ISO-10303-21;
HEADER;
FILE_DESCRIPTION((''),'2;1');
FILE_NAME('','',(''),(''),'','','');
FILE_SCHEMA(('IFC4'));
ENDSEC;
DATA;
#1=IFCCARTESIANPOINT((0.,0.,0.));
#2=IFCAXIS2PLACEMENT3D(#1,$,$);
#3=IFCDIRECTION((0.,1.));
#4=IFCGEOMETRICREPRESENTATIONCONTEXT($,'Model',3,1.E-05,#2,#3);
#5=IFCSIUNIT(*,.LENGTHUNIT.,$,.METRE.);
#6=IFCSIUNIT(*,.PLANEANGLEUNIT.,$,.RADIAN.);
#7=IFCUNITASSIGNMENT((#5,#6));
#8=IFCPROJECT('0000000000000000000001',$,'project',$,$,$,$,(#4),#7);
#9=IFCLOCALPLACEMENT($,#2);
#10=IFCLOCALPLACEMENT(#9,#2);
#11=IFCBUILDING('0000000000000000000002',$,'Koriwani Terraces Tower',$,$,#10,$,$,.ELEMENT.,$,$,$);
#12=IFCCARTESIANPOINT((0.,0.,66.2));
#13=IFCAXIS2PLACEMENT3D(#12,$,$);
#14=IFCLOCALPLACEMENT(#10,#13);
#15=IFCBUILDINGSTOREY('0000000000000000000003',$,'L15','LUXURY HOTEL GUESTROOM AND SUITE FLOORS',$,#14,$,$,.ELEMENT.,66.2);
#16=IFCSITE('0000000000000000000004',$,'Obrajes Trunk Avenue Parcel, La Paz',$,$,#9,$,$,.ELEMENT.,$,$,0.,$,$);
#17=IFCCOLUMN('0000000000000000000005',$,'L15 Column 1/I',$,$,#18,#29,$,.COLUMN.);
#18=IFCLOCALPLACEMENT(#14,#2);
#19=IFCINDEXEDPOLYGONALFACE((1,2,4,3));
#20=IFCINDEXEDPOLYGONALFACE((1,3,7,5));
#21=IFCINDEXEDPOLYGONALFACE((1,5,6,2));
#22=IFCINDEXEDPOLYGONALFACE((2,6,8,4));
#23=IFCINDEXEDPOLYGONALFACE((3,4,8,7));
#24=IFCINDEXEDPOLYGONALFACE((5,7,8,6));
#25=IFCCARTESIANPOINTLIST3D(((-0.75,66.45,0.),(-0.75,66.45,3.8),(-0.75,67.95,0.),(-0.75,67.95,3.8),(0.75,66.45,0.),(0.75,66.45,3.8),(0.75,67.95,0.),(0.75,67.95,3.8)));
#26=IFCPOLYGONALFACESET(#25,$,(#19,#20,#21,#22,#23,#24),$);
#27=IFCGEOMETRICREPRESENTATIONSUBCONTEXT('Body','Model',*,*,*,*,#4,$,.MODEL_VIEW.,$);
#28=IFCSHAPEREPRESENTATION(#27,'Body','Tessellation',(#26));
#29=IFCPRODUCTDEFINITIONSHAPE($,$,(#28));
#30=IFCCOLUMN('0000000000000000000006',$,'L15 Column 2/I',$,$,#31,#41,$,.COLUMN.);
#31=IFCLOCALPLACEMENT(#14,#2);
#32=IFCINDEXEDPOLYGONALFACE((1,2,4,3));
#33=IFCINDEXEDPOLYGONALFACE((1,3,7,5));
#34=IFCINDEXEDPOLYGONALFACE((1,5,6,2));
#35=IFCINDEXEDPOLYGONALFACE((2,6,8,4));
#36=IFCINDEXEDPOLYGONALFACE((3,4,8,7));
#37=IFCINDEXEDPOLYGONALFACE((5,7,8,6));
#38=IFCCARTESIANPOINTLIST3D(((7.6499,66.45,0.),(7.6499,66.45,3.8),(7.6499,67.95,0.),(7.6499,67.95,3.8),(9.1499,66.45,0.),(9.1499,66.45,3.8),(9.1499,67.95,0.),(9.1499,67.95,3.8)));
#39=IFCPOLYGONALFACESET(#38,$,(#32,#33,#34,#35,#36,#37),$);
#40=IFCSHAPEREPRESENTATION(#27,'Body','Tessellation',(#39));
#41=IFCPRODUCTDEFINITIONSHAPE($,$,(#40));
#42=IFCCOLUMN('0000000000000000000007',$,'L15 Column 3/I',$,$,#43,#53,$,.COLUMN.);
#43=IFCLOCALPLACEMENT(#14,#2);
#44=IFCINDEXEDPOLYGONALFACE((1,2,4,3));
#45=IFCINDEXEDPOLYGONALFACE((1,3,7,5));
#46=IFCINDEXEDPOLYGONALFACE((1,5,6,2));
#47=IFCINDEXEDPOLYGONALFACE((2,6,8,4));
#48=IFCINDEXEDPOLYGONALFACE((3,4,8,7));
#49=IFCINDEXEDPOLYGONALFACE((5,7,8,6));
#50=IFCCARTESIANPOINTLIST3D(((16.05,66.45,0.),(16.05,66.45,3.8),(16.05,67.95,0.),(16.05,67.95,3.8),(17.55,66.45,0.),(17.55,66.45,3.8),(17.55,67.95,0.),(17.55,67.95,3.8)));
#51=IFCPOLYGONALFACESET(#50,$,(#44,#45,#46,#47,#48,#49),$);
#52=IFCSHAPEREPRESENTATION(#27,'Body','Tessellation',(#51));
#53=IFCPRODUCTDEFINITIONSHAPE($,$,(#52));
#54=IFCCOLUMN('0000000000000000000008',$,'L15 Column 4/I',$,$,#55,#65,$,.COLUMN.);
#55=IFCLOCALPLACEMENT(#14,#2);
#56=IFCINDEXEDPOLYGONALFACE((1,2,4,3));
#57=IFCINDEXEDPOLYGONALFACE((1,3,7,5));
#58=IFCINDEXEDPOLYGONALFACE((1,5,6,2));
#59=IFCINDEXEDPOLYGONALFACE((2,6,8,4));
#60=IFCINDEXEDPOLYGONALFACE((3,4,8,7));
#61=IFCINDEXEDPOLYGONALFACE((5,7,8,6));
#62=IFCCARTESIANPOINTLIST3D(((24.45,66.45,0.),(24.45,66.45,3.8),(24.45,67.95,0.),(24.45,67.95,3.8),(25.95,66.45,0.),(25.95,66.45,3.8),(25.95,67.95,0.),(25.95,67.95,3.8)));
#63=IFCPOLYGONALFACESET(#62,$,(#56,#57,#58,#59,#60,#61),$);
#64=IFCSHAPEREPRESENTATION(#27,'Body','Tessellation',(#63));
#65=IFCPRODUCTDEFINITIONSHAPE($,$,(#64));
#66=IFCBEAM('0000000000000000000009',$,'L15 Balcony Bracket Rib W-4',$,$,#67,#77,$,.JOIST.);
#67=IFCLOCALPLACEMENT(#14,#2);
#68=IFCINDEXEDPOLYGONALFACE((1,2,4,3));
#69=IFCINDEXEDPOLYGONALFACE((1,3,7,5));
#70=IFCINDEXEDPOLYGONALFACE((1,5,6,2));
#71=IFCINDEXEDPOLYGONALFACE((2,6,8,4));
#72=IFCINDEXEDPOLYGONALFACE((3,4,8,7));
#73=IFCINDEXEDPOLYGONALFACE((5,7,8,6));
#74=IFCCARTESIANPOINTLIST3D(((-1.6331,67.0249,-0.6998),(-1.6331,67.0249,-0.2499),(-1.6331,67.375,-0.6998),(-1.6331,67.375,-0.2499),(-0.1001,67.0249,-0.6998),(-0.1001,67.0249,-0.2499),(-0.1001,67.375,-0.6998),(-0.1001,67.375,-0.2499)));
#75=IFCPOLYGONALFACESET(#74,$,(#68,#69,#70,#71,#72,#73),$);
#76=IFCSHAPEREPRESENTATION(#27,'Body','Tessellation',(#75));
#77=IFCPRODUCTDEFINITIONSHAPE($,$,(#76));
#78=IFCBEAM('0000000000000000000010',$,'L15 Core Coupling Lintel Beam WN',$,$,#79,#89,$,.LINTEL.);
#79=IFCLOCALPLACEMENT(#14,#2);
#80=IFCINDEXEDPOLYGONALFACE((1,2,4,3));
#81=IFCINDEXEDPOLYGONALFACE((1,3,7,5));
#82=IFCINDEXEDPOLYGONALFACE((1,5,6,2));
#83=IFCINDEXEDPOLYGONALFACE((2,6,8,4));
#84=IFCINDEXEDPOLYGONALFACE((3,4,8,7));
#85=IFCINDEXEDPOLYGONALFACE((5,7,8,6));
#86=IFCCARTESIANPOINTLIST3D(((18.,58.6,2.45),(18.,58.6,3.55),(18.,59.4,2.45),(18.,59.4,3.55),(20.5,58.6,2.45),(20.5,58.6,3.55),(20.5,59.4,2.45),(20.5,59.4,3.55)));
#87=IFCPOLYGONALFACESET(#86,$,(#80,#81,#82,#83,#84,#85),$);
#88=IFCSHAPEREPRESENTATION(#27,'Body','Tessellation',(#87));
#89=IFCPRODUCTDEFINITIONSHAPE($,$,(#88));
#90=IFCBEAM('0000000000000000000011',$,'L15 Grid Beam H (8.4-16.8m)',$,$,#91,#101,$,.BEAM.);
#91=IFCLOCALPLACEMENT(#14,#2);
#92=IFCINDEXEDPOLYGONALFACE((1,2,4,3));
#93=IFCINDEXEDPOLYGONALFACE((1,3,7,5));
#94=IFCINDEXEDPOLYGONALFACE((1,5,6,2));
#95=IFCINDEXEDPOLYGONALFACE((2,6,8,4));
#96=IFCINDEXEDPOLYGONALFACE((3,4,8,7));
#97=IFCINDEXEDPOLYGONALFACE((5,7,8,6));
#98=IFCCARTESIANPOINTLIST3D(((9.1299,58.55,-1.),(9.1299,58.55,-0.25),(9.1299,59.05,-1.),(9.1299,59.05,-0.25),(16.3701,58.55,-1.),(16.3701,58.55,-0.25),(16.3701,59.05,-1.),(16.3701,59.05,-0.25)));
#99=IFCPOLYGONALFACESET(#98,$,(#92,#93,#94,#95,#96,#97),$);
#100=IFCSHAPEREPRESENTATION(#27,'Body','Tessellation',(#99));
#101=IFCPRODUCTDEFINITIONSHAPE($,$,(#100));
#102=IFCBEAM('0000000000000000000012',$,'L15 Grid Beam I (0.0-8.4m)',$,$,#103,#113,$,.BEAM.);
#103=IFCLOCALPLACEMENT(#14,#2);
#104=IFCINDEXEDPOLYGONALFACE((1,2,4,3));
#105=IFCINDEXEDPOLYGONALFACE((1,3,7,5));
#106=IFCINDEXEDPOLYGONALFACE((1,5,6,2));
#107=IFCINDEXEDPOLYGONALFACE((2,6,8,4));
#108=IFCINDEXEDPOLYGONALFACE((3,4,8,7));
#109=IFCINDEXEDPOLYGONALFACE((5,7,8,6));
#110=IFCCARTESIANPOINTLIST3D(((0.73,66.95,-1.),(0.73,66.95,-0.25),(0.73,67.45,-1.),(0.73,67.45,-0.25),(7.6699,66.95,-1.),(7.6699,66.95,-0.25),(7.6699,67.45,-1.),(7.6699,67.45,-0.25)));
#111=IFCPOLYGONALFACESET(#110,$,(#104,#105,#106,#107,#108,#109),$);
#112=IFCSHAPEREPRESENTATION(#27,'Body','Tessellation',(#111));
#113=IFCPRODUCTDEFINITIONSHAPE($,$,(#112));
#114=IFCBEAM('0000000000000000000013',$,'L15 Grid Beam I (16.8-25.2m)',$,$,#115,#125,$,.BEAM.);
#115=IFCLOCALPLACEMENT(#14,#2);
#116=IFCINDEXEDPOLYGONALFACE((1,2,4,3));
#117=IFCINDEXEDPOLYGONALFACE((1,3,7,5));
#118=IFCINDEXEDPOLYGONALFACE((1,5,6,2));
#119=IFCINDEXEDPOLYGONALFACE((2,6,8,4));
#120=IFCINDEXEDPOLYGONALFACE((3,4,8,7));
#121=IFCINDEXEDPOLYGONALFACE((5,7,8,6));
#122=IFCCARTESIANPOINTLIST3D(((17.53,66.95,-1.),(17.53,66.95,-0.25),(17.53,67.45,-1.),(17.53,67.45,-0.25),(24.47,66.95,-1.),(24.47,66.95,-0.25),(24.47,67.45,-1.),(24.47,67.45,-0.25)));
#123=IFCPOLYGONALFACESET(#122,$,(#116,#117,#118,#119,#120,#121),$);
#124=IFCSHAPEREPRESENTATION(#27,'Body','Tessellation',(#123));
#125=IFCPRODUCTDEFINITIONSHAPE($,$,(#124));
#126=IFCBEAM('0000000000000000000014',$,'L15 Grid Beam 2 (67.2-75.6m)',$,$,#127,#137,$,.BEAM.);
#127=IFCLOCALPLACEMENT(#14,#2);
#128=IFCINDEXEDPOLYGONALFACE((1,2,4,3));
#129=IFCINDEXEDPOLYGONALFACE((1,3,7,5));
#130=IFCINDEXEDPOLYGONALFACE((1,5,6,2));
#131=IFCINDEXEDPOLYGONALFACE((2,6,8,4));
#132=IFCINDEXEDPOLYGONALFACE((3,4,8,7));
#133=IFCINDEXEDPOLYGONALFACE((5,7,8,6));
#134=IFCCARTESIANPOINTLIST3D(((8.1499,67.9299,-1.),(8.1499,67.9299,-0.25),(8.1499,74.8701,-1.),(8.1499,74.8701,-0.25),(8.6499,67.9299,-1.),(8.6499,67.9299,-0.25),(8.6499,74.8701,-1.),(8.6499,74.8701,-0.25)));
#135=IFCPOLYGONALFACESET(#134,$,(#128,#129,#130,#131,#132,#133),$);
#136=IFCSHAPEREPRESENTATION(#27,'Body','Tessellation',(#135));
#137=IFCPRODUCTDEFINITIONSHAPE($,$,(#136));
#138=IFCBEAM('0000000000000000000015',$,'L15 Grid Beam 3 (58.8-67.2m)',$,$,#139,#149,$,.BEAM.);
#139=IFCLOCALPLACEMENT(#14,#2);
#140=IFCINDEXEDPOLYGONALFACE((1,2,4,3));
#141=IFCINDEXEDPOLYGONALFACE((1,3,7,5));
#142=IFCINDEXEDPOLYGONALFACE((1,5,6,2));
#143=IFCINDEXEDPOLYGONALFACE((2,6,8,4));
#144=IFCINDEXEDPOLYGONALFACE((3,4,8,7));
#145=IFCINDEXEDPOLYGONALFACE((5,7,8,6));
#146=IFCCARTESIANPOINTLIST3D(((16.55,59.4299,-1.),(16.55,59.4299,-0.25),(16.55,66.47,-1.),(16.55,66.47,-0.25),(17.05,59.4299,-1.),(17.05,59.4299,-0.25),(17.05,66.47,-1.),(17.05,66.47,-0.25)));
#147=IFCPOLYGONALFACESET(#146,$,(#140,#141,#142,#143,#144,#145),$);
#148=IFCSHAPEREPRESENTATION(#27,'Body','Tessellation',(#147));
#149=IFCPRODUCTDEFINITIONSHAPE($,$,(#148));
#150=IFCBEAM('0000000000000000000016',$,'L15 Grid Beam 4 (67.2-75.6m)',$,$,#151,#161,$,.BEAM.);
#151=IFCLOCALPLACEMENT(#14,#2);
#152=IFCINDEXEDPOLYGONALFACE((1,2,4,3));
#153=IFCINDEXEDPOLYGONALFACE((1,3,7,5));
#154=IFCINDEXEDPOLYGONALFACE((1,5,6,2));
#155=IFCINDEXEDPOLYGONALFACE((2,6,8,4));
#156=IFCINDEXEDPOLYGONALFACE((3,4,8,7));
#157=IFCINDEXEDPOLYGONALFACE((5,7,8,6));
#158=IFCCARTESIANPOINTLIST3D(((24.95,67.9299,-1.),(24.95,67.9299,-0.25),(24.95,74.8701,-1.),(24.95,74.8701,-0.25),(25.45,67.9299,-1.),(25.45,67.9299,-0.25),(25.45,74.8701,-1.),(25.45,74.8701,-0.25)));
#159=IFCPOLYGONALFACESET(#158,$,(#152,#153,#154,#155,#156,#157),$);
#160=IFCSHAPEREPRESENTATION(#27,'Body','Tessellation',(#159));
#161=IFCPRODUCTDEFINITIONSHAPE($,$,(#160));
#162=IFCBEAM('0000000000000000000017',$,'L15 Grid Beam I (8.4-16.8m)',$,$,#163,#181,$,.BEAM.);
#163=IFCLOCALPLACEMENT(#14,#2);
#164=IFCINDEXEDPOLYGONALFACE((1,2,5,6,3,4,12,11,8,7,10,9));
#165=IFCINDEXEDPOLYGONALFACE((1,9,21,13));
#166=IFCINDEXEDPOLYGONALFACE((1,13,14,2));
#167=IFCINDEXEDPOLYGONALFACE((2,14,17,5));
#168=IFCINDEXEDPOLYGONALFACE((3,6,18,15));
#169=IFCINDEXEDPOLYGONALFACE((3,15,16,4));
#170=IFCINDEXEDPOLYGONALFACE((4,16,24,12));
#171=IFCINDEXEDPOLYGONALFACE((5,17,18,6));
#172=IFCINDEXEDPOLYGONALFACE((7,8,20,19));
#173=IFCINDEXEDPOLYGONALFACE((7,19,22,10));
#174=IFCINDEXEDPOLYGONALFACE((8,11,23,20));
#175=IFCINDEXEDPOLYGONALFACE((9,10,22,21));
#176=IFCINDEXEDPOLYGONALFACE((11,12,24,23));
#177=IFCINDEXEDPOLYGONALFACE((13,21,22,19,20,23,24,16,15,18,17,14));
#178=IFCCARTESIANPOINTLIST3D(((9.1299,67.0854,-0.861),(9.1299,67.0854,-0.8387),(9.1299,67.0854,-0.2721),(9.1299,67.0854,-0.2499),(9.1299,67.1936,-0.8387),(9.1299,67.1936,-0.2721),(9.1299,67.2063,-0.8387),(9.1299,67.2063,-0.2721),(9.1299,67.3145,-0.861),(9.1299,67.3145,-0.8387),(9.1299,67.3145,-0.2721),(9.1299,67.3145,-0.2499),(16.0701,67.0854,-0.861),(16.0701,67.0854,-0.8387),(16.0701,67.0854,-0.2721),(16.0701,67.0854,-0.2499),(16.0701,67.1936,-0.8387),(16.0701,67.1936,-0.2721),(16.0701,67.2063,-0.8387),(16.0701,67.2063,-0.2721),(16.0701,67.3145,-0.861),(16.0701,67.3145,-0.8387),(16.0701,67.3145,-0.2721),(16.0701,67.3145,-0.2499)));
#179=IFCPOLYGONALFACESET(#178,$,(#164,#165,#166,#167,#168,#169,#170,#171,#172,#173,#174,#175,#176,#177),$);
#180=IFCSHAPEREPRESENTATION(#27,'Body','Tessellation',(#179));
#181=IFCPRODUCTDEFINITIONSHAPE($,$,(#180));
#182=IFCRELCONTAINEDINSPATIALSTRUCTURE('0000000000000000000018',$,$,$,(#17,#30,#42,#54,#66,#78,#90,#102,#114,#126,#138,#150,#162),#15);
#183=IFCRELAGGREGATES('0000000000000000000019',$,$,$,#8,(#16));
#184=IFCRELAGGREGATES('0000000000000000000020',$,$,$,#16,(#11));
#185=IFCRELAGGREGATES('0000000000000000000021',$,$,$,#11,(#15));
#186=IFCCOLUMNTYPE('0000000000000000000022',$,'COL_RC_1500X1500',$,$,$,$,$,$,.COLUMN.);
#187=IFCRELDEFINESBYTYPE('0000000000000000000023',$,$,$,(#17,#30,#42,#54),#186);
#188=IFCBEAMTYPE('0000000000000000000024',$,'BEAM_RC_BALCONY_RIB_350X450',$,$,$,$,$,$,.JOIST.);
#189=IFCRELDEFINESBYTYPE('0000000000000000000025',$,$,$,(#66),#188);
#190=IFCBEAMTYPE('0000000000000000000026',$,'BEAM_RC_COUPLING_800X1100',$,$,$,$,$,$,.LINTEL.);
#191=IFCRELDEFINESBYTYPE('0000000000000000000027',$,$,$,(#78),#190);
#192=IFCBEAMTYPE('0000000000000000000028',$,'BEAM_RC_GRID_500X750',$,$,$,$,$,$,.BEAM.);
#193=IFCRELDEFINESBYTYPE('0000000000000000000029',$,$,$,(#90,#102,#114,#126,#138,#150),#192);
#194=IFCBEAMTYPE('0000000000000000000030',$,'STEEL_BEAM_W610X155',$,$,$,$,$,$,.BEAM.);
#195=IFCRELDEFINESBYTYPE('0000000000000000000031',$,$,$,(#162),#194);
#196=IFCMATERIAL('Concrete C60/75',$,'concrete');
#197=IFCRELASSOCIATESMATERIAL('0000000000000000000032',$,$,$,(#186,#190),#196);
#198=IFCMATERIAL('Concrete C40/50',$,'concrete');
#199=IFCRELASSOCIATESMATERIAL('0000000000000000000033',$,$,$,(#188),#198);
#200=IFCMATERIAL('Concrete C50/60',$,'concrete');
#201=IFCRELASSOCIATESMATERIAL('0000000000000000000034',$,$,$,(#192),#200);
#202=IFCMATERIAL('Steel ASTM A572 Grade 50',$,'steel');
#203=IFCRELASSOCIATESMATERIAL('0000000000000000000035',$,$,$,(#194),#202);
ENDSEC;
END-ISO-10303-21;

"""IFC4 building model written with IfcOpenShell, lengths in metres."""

from ifc_helpers import new_model, si_unit, direction, frame, origin, origin_2d, place, context, subcontext, project, spatial, rectangle, i_section, extrude, material, material_profile, profile_set, type_object, element, save


model = new_model("IFC4")

# Units and contexts
model_context = context("Model", 3, precision=1e-05, world=origin(), true_north=direction((0.0, 1.0)))
body_context = subcontext(model_context, "Body", "Model", "MODEL_VIEW")
ifc_project = project(units=[si_unit("LENGTHUNIT", "METRE"), si_unit("PLANEANGLEUNIT", "RADIAN")], contexts=[model_context])

# Site, building, storey
site_placement = place(None, origin())
site = spatial("IfcSite", under=ifc_project, at=site_placement, Name="Obrajes Trunk Avenue Parcel, La Paz", CompositionType="ELEMENT", RefElevation=0.0)
building_placement = place(site_placement, origin())
building = spatial("IfcBuilding", under=site, at=building_placement, Name="Koriwani Terraces Tower", CompositionType="ELEMENT")
storey_placement = place(building_placement, frame((0.0, 0.0, 66.2)))
storey = spatial("IfcBuildingStorey", under=building, at=storey_placement, Name="L15", Description="LUXURY HOTEL GUESTROOM AND SUITE FLOORS", CompositionType="ELEMENT", Elevation=66.2)

# Columns
ifc_material_1 = material(Name="Concrete C60/75", Category="concrete")
ifc_material_profile_1 = material_profile(ifc_material_1, rectangle(XDim=1.5, YDim=1.5, at=origin_2d()), Name="Concrete C60/75", Category="LoadBearing")
ifc_profile_set_1 = profile_set([ifc_material_profile_1], Name="Concrete C60/75")
column_type = type_object("IfcColumnType", Name="COL_RC_1500X1500", PredefinedType="COLUMN", material=ifc_profile_set_1)
for number, where, z_axis, x_axis, name in (
    (1, (0.0, 67.2, 0.0), (0.0, 0.0, 1.0), (1.0, 0.0, 0.0), "L15 Column 1/I"),
    (2, (8.3999, 67.2, 0.0), (0.0, 0.0, 1.0), (1.0, 0.0, 0.0), "L15 Column 2/I"),
    (3, (16.8, 67.2, 0.0), (0.0, 0.0, 1.0), (1.0, 0.0, 0.0), "L15 Column 3/I"),
    (4, (25.2, 67.2, 0.0), (0.0, 0.0, 1.0), (1.0, 0.0, 0.0), "L15 Column 4/I"),
):
    element("IfcColumn", number, at=place(storey_placement, frame(where, z_axis=z_axis, x_axis=x_axis)), inside=storey, type_object=column_type, Name=name, PredefinedType="COLUMN", context=body_context, shape_type="SweptSolid", body=[
        extrude(rectangle(XDim=1.5, YDim=1.5, at=origin_2d()), origin(), (0.0, 0.0, 1.0), 3.8),
    ])

# Beams
ifc_material_2 = material(Name="Concrete C40/50", Category="concrete")
ifc_material_profile_2 = material_profile(ifc_material_2, rectangle(XDim=0.3501, YDim=0.45, at=origin_2d()), Name="Concrete C40/50", Category="LoadBearing")
ifc_profile_set_2 = profile_set([ifc_material_profile_2], Name="Concrete C40/50")
beam_type_1 = type_object("IfcBeamType", Name="BEAM_RC_BALCONY_RIB_350X450", PredefinedType="JOIST", material=ifc_profile_set_2)
beam_1_placement = place(storey_placement, frame((-1.6331, 67.2, -0.4749), z_axis=(1.0, 0.0, 0.0), x_axis=(0.0, 1.0, 0.0)))
element("IfcBeam", 5, at=beam_1_placement, inside=storey, type_object=beam_type_1, Name="L15 Balcony Bracket Rib W-4", PredefinedType="JOIST", context=body_context, shape_type="SweptSolid", body=[
    extrude(rectangle(XDim=0.3501, YDim=0.45, at=origin_2d()), origin(), (0.0, 0.0, 1.0), 1.533),
])
ifc_material_profile_3 = material_profile(ifc_material_1, rectangle(XDim=0.8, YDim=1.1001, at=origin_2d()), Name="Concrete C60/75", Category="LoadBearing")
ifc_profile_set_3 = profile_set([ifc_material_profile_3], Name="Concrete C60/75")
beam_type_2 = type_object("IfcBeamType", Name="BEAM_RC_COUPLING_800X1100", PredefinedType="LINTEL", material=ifc_profile_set_3)
beam_2_placement = place(storey_placement, frame((18.0, 59.0, 3.0), z_axis=(1.0, 0.0, 0.0), x_axis=(0.0, 1.0, 0.0)))
element("IfcBeam", 6, at=beam_2_placement, inside=storey, type_object=beam_type_2, Name="L15 Core Coupling Lintel Beam WN", PredefinedType="LINTEL", context=body_context, shape_type="SweptSolid", body=[
    extrude(rectangle(XDim=0.8, YDim=1.1001, at=origin_2d()), origin(), (0.0, 0.0, 1.0), 2.5),
])
ifc_material_3 = material(Name="Concrete C50/60", Category="concrete")
ifc_material_profile_4 = material_profile(ifc_material_3, rectangle(XDim=0.5, YDim=0.75, at=origin_2d()), Name="Concrete C50/60", Category="LoadBearing")
ifc_profile_set_4 = profile_set([ifc_material_profile_4], Name="Concrete C50/60")
beam_type_3 = type_object("IfcBeamType", Name="BEAM_RC_GRID_500X750", PredefinedType="BEAM", material=ifc_profile_set_4)
beam_3_placement = place(storey_placement, frame((9.1299, 58.8, -0.625), z_axis=(1.0, 0.0, 0.0), x_axis=(0.0, 1.0, 0.0)))
element("IfcBeam", 7, at=beam_3_placement, inside=storey, type_object=beam_type_3, Name="L15 Grid Beam H (8.4-16.8m)", PredefinedType="BEAM", context=body_context, shape_type="SweptSolid", body=[
    extrude(rectangle(XDim=0.5, YDim=0.75, at=origin_2d()), origin(), (0.0, 0.0, 1.0), 7.2402),
])
for number, where, z_axis, x_axis, name in (
    (8, (0.73, 67.2, -0.625), (1.0, 0.0, 0.0), (0.0, 1.0, 0.0), "L15 Grid Beam I (0.0-8.4m)"),
    (9, (17.53, 67.2, -0.625), (1.0, 0.0, 0.0), (0.0, 1.0, 0.0), "L15 Grid Beam I (16.8-25.2m)"),
):
    element("IfcBeam", number, at=place(storey_placement, frame(where, z_axis=z_axis, x_axis=x_axis)), inside=storey, type_object=beam_type_3, Name=name, PredefinedType="BEAM", context=body_context, shape_type="SweptSolid", body=[
        extrude(rectangle(XDim=0.5, YDim=0.75, at=origin_2d()), origin(), (0.0, 0.0, 1.0), 6.9399),
    ])
beam_4_placement = place(storey_placement, frame((8.3999, 67.9299, -0.625), z_axis=(0.0, 1.0, 0.0), x_axis=(-1.0, 0.0, 0.0)))
element("IfcBeam", 10, at=beam_4_placement, inside=storey, type_object=beam_type_3, Name="L15 Grid Beam 2 (67.2-75.6m)", PredefinedType="BEAM", context=body_context, shape_type="SweptSolid", body=[
    extrude(rectangle(XDim=0.5, YDim=0.75, at=origin_2d()), origin(), (0.0, 0.0, 1.0), 6.9402),
])
beam_5_placement = place(storey_placement, frame((16.8, 59.4299, -0.625), z_axis=(0.0, 1.0, 0.0), x_axis=(-1.0, 0.0, 0.0)))
element("IfcBeam", 11, at=beam_5_placement, inside=storey, type_object=beam_type_3, Name="L15 Grid Beam 3 (58.8-67.2m)", PredefinedType="BEAM", context=body_context, shape_type="SweptSolid", body=[
    extrude(rectangle(XDim=0.5, YDim=0.75, at=origin_2d()), origin(), (0.0, 0.0, 1.0), 7.04),
])
beam_6_placement = place(storey_placement, frame((25.2, 67.9299, -0.625), z_axis=(0.0, 1.0, 0.0), x_axis=(-1.0, 0.0, 0.0)))
element("IfcBeam", 12, at=beam_6_placement, inside=storey, type_object=beam_type_3, Name="L15 Grid Beam 4 (67.2-75.6m)", PredefinedType="BEAM", context=body_context, shape_type="SweptSolid", body=[
    extrude(rectangle(XDim=0.5, YDim=0.75, at=origin_2d()), origin(), (0.0, 0.0, 1.0), 6.9402),
])
ifc_material_4 = material(Name="Steel ASTM A572 Grade 50", Category="steel")
ifc_material_profile_5 = material_profile(ifc_material_4, i_section(OverallWidth=0.229, OverallDepth=0.6111, WebThickness=0.0127, FlangeThickness=0.0222, at=origin_2d()), Name="Steel ASTM A572 Grade 50", Category="LoadBearing")
ifc_profile_set_5 = profile_set([ifc_material_profile_5], Name="Steel ASTM A572 Grade 50")
beam_type_4 = type_object("IfcBeamType", Name="STEEL_BEAM_W610X155", PredefinedType="BEAM", material=ifc_profile_set_5)
beam_7_placement = place(storey_placement, frame((9.1299, 67.2, -0.5554), z_axis=(1.0, 0.0, 0.0), x_axis=(0.0, 1.0, 0.0)))
element("IfcBeam", 13, at=beam_7_placement, inside=storey, type_object=beam_type_4, Name="L15 Grid Beam I (8.4-16.8m)", PredefinedType="BEAM", context=body_context, shape_type="SweptSolid", body=[
    extrude(i_section(OverallWidth=0.229, OverallDepth=0.6111, WebThickness=0.0127, FlangeThickness=0.0222, at=origin_2d()), origin(), (0.0, 0.0, 1.0), 6.9402),
])

save(model, "model.ifc")
